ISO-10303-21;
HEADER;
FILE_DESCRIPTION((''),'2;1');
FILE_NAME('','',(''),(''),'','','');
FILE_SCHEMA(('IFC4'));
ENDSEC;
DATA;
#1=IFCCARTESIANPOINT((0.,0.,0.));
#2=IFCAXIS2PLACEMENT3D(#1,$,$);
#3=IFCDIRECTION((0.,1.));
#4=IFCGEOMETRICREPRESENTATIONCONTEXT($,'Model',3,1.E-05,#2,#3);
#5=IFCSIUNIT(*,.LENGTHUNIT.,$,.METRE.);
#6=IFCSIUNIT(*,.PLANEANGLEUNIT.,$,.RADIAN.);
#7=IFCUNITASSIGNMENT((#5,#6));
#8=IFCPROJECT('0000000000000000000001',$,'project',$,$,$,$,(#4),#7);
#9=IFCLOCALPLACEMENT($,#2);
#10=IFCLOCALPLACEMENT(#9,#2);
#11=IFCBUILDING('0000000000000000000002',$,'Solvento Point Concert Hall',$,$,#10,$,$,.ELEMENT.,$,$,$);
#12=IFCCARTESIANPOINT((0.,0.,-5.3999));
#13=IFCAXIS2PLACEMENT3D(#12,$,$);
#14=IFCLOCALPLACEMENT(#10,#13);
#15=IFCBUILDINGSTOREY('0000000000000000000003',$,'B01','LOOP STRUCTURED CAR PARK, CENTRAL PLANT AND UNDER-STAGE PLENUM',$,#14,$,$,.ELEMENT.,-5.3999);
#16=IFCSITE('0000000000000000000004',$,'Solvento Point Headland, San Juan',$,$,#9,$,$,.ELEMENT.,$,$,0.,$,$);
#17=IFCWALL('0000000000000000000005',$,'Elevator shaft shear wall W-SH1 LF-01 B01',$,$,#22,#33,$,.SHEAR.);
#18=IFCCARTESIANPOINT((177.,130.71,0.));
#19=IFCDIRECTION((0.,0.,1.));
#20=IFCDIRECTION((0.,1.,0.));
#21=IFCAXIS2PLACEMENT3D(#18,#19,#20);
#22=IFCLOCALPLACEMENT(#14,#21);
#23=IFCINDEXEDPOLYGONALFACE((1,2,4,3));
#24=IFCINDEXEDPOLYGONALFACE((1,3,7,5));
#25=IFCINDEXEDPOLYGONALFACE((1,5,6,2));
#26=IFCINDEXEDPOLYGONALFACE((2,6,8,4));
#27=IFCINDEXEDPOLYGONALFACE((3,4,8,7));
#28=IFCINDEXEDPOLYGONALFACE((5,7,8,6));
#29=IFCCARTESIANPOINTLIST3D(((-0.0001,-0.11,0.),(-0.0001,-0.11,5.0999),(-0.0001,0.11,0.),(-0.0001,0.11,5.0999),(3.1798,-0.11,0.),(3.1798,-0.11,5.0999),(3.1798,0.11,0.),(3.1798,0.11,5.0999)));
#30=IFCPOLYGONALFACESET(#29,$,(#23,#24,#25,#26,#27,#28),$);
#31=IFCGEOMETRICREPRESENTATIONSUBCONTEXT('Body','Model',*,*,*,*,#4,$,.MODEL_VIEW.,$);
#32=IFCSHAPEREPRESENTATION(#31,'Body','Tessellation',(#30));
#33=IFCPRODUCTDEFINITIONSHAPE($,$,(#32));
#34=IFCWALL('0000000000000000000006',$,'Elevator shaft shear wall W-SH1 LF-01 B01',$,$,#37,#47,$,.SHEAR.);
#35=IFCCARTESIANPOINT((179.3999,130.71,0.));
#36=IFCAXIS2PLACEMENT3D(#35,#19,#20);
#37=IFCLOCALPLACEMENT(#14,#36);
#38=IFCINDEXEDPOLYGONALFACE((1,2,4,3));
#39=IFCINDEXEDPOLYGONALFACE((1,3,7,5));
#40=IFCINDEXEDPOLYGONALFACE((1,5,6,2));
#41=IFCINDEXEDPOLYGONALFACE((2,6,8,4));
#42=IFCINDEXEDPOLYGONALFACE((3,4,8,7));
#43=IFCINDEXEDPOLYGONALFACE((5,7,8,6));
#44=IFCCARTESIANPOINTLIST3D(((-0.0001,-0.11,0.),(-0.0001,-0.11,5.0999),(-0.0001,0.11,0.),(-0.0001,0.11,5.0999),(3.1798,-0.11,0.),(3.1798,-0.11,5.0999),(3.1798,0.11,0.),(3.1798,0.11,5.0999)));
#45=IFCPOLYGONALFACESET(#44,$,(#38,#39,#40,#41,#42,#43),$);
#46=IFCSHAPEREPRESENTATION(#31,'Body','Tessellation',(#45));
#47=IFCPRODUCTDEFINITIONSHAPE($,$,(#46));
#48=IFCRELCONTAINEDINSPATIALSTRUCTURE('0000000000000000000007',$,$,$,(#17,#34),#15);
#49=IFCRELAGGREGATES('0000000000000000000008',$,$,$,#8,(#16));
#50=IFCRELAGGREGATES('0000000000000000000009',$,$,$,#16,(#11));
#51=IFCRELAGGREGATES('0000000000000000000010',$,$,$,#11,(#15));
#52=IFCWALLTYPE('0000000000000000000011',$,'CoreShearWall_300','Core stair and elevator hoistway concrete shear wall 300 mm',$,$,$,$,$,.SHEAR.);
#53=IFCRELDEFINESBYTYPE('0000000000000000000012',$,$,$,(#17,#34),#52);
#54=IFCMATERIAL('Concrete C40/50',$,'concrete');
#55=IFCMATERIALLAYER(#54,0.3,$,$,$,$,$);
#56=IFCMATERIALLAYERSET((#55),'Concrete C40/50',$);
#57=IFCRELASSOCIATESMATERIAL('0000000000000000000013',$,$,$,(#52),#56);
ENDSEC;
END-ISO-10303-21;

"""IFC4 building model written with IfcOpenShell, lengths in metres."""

from ifc_helpers import new_model, si_unit, direction, frame, frame_2d, origin, place, context, subcontext, project, spatial, rectangle, extrude, material, layer, layer_set, type_object, element, save


model = new_model("IFC4")

# Units and contexts
model_context = context("Model", 3, precision=1e-05, world=origin(), true_north=direction((0.0, 1.0)))
body_context = subcontext(model_context, "Body", "Model", "MODEL_VIEW")
ifc_project = project(units=[si_unit("LENGTHUNIT", "METRE"), si_unit("PLANEANGLEUNIT", "RADIAN")], contexts=[model_context])

# Site, building, storey
site_placement = place(None, origin())
site = spatial("IfcSite", under=ifc_project, at=site_placement, Name="Solvento Point Headland, San Juan", CompositionType="ELEMENT", RefElevation=0.0)
building_placement = place(site_placement, origin())
building = spatial("IfcBuilding", under=site, at=building_placement, Name="Solvento Point Concert Hall", CompositionType="ELEMENT")
storey_placement = place(building_placement, frame((0.0, 0.0, -5.3999)))
storey = spatial("IfcBuildingStorey", under=building, at=storey_placement, Name="B01", Description="LOOP STRUCTURED CAR PARK, CENTRAL PLANT AND UNDER-STAGE PLENUM", CompositionType="ELEMENT", Elevation=-5.3999)

# Shared definitions
ifc_material_1 = material(Name="Concrete C40/50", Category="concrete")
ifc_layer_1 = layer(ifc_material_1, 0.3)
ifc_layer_set_1 = layer_set([ifc_layer_1], Name="Concrete C40/50")
wall_type_1 = type_object("IfcWallType", Name="CoreShearWall_300", Description="Core stair and elevator hoistway concrete shear wall 300 mm", PredefinedType="SHEAR", material=ifc_layer_set_1)

# Walls
for number, where, z_axis, x_axis, name in (
    (1, (177.0, 130.71, 0.0), (0.0, 0.0, 1.0), (0.0, 1.0, 0.0), "Elevator shaft shear wall W-SH1 LF-01 B01"),
    (2, (179.3999, 130.71, 0.0), (0.0, 0.0, 1.0), (0.0, 1.0, 0.0), "Elevator shaft shear wall W-SH1 LF-01 B01"),
):
    element("IfcWall", number, at=place(storey_placement, frame(where, z_axis=z_axis, x_axis=x_axis)), inside=storey, type_object=wall_type_1, Name=name, PredefinedType="SHEAR", context=body_context, shape_type="SweptSolid", body=[
        extrude(rectangle(XDim=3.1799, YDim=0.22, at=frame_2d((1.5898, 0.0))), origin(), (0.0, 0.0, 1.0), 5.0999),
    ])

save(model, "model.ifc")
